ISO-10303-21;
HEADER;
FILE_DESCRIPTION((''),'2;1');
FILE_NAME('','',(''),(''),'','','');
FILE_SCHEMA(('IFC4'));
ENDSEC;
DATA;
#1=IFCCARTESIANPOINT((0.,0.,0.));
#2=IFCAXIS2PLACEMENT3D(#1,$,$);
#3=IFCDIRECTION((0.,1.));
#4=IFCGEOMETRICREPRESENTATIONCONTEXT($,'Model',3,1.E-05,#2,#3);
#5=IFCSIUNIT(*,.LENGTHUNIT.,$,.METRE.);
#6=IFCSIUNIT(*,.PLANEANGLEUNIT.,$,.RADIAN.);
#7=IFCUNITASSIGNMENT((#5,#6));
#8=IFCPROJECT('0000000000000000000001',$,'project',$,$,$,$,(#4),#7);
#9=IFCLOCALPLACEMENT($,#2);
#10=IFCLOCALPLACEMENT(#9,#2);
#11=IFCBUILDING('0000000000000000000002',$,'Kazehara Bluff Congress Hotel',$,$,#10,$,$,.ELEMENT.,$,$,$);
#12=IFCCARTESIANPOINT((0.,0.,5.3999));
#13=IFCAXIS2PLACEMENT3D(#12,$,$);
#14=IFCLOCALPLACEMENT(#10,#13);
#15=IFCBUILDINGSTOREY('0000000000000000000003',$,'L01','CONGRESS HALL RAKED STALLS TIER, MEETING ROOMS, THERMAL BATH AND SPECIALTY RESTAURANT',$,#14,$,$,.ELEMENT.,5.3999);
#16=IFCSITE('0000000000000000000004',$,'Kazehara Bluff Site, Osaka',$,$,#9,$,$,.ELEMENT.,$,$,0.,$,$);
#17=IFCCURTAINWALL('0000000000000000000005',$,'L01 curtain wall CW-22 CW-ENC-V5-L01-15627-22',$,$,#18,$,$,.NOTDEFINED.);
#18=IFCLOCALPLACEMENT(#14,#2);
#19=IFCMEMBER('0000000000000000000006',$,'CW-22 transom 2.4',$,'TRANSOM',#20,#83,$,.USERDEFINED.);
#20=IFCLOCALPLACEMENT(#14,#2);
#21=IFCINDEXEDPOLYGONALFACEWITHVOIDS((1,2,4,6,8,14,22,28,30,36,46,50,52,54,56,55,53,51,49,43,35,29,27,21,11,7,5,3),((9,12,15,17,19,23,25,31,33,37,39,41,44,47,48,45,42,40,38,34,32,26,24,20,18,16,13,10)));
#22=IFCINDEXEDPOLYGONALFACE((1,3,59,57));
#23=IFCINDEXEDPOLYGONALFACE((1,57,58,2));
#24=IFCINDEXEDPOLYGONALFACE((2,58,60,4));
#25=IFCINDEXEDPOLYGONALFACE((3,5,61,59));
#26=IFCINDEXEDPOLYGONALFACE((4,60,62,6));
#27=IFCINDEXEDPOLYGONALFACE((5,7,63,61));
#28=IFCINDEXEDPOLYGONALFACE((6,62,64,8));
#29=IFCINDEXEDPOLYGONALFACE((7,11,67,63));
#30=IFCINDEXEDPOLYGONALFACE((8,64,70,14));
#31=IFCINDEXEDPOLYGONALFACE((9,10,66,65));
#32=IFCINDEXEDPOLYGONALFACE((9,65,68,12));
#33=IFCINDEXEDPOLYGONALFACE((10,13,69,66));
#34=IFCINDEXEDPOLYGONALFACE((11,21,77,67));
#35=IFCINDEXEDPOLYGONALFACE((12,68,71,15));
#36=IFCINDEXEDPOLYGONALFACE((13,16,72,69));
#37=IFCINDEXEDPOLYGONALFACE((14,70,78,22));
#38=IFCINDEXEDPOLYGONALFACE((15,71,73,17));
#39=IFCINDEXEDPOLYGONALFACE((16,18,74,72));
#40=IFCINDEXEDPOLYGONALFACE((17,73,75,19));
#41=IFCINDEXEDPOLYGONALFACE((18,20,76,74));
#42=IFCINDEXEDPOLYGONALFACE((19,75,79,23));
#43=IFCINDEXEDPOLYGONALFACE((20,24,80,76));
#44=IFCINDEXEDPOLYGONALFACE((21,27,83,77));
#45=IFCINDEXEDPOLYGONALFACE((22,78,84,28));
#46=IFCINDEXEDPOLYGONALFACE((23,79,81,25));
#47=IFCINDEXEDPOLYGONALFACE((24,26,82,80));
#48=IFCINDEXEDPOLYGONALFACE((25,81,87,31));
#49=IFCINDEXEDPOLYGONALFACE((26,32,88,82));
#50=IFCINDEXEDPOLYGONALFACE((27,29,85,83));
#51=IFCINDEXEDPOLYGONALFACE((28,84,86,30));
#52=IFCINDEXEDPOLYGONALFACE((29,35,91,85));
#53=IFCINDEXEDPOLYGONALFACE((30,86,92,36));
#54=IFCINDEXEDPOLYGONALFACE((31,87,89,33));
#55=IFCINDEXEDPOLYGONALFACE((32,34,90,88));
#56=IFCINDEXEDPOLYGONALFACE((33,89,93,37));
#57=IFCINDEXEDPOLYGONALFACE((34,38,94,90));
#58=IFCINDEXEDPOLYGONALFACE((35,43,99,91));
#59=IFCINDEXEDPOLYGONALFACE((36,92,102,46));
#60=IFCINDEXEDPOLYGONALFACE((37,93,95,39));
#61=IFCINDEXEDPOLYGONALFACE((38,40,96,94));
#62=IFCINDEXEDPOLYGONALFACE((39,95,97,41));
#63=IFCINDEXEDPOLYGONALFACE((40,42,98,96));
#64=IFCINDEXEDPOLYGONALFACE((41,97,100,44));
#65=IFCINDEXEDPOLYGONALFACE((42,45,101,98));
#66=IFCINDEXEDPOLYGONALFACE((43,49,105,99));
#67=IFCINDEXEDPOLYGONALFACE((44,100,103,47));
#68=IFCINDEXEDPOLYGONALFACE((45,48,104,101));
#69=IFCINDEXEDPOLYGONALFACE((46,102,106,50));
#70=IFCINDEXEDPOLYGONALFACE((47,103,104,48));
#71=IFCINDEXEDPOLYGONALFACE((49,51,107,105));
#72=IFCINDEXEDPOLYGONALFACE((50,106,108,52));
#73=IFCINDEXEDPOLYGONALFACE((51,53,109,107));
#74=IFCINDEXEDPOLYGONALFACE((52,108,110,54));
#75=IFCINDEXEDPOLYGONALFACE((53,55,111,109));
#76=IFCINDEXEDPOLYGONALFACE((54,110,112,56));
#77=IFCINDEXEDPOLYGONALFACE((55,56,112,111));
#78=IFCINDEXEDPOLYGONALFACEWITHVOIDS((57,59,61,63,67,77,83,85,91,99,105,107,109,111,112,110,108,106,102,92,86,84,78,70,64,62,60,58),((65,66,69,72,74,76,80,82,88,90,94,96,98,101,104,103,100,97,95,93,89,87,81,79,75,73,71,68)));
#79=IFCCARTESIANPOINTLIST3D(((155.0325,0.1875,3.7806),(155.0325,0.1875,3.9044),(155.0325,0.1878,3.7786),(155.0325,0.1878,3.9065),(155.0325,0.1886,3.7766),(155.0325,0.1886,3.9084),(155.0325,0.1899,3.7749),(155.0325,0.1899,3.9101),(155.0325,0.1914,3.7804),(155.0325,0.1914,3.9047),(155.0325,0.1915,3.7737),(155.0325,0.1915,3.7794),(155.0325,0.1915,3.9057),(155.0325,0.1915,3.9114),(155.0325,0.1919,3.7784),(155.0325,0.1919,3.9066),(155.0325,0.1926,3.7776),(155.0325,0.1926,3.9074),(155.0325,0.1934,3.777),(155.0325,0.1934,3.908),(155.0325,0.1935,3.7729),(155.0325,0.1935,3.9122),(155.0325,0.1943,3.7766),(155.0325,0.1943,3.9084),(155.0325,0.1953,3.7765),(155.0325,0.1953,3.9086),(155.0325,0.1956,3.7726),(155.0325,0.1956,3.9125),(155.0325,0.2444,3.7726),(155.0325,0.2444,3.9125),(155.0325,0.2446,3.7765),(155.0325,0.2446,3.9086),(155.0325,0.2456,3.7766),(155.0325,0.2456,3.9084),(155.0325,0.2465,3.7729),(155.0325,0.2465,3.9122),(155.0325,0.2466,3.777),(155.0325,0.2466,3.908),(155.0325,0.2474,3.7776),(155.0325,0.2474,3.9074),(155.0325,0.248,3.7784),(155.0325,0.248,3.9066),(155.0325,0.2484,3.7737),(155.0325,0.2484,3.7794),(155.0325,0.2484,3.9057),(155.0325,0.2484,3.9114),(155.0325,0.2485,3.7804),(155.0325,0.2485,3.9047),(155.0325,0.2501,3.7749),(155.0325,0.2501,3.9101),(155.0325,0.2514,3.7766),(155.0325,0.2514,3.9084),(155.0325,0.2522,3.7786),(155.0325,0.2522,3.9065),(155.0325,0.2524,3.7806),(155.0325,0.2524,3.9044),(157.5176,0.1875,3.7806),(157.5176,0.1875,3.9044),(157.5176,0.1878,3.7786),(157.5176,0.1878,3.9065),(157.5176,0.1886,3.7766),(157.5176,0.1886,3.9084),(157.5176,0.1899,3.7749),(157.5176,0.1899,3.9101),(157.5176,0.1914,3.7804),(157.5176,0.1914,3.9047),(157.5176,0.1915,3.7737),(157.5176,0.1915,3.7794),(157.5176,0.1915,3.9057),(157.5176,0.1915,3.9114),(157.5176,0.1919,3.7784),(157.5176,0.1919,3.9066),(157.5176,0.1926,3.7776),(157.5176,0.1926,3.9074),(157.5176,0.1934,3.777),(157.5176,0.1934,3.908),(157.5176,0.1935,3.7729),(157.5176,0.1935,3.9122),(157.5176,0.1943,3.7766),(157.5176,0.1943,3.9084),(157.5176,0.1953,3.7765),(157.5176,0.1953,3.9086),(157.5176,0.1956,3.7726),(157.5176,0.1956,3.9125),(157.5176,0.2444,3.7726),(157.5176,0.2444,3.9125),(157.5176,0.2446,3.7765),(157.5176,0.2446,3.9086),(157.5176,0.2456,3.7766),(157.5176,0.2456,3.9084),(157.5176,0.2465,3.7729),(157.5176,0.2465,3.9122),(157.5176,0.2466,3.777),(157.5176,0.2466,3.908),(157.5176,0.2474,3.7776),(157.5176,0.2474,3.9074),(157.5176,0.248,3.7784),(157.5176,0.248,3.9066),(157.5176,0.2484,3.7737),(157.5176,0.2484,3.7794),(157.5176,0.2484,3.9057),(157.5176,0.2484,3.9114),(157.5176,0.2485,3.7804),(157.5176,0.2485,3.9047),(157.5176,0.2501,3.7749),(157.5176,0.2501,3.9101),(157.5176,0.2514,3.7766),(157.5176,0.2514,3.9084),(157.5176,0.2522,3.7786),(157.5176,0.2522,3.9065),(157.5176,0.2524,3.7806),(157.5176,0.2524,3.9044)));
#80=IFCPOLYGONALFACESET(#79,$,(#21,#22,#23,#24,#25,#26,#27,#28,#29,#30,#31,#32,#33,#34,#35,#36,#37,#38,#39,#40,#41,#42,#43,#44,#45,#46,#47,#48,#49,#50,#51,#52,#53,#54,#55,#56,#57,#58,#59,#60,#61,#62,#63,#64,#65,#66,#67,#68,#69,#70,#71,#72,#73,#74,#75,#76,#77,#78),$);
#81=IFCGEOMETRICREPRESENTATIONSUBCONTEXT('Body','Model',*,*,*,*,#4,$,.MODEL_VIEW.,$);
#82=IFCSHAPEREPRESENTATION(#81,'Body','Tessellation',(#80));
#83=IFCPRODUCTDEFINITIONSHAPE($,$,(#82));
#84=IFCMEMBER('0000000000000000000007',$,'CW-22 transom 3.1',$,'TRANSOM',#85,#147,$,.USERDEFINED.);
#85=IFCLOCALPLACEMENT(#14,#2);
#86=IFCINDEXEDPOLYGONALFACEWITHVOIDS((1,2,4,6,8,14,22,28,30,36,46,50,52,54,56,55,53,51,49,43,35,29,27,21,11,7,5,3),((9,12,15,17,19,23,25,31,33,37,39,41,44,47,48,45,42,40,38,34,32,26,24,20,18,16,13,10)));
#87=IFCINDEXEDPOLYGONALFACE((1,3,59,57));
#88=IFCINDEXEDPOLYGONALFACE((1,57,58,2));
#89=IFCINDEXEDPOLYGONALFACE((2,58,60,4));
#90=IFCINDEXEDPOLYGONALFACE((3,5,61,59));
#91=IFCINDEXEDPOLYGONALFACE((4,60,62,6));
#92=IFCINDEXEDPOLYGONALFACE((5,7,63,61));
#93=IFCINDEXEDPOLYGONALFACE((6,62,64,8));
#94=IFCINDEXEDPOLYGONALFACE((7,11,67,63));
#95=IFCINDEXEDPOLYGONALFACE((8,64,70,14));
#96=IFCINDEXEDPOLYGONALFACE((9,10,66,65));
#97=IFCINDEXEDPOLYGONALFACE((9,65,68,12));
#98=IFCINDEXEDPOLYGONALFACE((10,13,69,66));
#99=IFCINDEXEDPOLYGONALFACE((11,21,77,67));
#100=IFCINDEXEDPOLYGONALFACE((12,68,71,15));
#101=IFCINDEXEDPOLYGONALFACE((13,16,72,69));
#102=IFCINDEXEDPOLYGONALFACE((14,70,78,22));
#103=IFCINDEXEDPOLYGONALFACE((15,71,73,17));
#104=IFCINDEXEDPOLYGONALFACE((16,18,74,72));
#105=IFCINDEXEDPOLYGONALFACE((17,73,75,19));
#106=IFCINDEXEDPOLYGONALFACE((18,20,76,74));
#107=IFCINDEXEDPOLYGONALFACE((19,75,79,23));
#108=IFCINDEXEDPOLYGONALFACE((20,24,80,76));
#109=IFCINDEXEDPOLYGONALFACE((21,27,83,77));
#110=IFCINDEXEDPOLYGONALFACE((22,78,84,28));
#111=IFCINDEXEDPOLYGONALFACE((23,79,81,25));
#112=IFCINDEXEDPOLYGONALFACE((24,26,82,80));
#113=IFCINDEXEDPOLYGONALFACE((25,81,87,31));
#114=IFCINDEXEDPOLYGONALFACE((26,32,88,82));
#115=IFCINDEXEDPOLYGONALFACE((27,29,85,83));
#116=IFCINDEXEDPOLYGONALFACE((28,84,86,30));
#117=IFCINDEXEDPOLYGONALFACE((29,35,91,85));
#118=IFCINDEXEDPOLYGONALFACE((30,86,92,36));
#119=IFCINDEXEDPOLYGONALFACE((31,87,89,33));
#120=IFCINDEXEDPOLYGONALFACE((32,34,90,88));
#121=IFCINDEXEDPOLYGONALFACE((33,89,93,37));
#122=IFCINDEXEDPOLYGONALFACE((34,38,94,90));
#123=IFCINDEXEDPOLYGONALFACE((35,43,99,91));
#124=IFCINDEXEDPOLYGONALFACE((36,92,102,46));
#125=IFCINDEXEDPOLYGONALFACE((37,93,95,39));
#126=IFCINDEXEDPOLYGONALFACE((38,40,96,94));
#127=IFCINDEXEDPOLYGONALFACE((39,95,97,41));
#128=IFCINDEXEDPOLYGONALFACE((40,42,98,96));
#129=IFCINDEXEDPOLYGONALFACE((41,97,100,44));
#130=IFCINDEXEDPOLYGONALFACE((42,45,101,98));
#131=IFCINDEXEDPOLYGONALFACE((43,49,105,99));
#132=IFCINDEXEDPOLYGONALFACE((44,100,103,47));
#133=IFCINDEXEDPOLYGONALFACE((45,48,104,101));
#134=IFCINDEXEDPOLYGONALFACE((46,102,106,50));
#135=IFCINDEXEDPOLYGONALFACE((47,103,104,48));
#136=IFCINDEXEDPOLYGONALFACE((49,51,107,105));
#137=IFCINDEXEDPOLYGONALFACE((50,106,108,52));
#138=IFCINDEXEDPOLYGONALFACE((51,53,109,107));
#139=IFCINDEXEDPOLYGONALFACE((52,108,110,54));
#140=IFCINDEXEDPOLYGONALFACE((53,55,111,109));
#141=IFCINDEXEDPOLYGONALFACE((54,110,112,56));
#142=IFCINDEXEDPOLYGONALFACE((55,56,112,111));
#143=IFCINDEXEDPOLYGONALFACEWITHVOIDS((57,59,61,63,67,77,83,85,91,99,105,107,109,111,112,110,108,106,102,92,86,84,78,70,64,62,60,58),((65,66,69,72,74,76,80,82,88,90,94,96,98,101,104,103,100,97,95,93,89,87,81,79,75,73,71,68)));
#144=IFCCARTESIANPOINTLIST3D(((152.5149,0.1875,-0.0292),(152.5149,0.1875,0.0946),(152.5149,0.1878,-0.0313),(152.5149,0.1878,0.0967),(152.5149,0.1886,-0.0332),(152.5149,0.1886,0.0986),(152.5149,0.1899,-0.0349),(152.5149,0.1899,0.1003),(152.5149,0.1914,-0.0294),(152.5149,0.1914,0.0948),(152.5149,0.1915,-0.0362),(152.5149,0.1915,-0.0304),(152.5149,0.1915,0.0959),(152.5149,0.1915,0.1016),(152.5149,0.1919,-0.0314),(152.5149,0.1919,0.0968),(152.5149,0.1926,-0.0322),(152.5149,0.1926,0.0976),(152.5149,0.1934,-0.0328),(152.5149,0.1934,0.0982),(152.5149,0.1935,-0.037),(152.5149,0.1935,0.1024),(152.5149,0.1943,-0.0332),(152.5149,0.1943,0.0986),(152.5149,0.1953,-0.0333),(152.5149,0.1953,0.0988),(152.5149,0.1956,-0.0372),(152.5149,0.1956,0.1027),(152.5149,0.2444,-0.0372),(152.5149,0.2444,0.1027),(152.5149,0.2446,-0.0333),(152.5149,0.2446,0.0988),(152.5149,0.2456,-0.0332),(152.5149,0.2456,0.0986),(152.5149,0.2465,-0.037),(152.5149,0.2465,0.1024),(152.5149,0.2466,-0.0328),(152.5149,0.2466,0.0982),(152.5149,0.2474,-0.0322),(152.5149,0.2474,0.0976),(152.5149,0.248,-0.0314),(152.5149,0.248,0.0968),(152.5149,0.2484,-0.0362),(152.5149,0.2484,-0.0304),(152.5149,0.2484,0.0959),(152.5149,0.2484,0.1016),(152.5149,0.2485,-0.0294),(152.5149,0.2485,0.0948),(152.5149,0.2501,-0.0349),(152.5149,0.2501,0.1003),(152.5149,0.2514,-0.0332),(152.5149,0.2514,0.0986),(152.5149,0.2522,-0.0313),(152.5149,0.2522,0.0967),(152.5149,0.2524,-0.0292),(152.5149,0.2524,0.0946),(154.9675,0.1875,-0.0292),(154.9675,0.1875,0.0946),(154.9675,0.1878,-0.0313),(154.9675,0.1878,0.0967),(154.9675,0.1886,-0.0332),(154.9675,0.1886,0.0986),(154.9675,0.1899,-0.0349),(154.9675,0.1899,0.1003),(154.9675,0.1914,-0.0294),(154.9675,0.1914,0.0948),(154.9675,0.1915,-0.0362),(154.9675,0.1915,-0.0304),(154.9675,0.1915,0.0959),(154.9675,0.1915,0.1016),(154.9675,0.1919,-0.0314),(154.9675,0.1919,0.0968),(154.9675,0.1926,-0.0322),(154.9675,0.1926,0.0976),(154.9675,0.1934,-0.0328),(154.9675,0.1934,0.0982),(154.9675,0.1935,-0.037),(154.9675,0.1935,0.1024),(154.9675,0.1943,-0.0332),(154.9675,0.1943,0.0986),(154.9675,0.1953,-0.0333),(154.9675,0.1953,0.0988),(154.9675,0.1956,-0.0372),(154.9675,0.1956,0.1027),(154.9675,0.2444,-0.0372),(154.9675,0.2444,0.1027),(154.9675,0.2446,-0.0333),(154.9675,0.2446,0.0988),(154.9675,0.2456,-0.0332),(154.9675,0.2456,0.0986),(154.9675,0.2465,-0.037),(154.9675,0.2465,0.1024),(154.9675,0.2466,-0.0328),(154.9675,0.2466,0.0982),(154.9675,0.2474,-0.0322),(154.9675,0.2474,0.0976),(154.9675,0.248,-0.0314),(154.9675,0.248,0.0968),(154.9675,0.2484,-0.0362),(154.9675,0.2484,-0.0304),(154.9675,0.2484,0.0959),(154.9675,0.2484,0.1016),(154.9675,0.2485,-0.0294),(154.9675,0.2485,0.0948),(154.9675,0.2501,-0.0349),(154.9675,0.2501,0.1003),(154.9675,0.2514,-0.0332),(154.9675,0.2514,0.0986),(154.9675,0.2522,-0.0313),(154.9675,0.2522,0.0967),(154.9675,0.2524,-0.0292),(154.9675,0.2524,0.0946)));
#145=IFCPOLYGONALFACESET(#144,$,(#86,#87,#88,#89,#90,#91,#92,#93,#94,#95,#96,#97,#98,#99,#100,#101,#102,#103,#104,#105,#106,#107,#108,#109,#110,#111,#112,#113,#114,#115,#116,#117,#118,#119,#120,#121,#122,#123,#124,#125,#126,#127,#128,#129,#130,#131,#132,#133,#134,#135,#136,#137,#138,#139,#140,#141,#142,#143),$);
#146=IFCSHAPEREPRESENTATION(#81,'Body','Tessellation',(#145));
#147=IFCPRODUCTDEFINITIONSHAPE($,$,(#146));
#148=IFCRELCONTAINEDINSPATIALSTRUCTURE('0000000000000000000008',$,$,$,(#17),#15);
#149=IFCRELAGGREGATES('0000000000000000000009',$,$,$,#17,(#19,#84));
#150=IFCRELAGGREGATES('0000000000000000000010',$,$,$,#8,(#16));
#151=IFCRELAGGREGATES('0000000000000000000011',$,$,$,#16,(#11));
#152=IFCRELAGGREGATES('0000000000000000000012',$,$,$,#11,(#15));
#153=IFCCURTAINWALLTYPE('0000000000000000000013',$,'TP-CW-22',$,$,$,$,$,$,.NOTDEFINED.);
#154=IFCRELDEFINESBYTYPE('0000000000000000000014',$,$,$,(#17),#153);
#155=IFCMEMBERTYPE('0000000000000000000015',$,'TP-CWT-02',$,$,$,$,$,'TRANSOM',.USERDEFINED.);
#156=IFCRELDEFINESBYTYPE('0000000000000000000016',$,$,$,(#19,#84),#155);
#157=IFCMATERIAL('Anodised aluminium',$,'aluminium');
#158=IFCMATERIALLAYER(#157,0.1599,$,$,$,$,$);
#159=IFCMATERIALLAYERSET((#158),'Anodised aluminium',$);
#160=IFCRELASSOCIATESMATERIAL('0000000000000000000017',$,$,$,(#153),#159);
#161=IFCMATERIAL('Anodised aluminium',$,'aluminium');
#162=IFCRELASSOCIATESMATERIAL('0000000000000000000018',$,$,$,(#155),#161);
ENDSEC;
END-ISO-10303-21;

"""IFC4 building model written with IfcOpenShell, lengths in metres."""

from ifc_helpers import new_model, si_unit, direction, frame, origin, origin_2d, place, context, subcontext, project, spatial, hollow_rectangle, extrude, material, layer, layer_set, material_profile, profile_set, type_object, element, aggregate, save


model = new_model("IFC4")

# Units and contexts
model_context = context("Model", 3, precision=1e-05, world=origin(), true_north=direction((0.0, 1.0)))
body_context = subcontext(model_context, "Body", "Model", "MODEL_VIEW")
ifc_project = project(units=[si_unit("LENGTHUNIT", "METRE"), si_unit("PLANEANGLEUNIT", "RADIAN")], contexts=[model_context])

# Site, building, storey
site_placement = place(None, origin())
site = spatial("IfcSite", under=ifc_project, at=site_placement, Name="Kazehara Bluff Site, Osaka", CompositionType="ELEMENT", RefElevation=0.0)
building_placement = place(site_placement, origin())
building = spatial("IfcBuilding", under=site, at=building_placement, Name="Kazehara Bluff Congress Hotel", CompositionType="ELEMENT")
storey_placement = place(building_placement, frame((0.0, 0.0, 5.3999)))
storey = spatial("IfcBuildingStorey", under=building, at=storey_placement, Name="L01", Description="CONGRESS HALL RAKED STALLS TIER, MEETING ROOMS, THERMAL BATH AND SPECIALTY RESTAURANT", CompositionType="ELEMENT", Elevation=5.3999)

# Curtain wall
ifc_material_1 = material(Name="Anodised aluminium", Category="aluminium")
ifc_layer_1 = layer(ifc_material_1, 0.1599)
ifc_layer_set_1 = layer_set([ifc_layer_1], Name="Anodised aluminium")
curtain_wall_type = type_object("IfcCurtainWallType", Name="TP-CW-22", PredefinedType="NOTDEFINED", material=ifc_layer_set_1)
curtain_wall_1_placement = place(storey_placement, origin())
curtain_wall_1 = element("IfcCurtainWall", 1, at=curtain_wall_1_placement, inside=storey, type_object=curtain_wall_type, Name="L01 curtain wall CW-22 CW-ENC-V5-L01-15627-22", PredefinedType="NOTDEFINED")

# Members
ifc_material_2 = material(Name="Anodised aluminium", Category="aluminium")
ifc_material_profile_1 = material_profile(ifc_material_2, hollow_rectangle(XDim=0.0649, YDim=0.1399, WallThickness=0.0039, InnerFilletRadius=0.0039, OuterFilletRadius=0.0081, at=origin_2d()))
ifc_profile_set_1 = profile_set([ifc_material_profile_1], Name="Anodised aluminium")
member_type_1 = type_object("IfcMemberType", Name="TP-CWT-02", ElementType="TRANSOM", PredefinedType="USERDEFINED", material=ifc_profile_set_1)
member_1_placement = place(storey_placement, frame((157.5176, 0.22, 3.8425), z_axis=(-1.0, 0.0, 0.0), x_axis=(0.0, -1.0, 0.0)))
member_1 = element("IfcMember", 2, at=member_1_placement, type_object=member_type_1, Name="CW-22 transom 2.4", ObjectType="TRANSOM", PredefinedType="USERDEFINED", context=body_context, shape_type="SweptSolid", body=[
    extrude(hollow_rectangle(XDim=0.0649, YDim=0.1399, WallThickness=0.0039, InnerFilletRadius=0.0039, OuterFilletRadius=0.0081, at=origin_2d()), origin(), (0.0, 0.0, 1.0), 2.4851),
])
member_2_placement = place(storey_placement, frame((154.9675, 0.22, 0.0327), z_axis=(-1.0, 0.0, 0.0), x_axis=(0.0, -1.0, 0.0)))
member_2 = element("IfcMember", 3, at=member_2_placement, type_object=member_type_1, Name="CW-22 transom 3.1", ObjectType="TRANSOM", PredefinedType="USERDEFINED", context=body_context, shape_type="SweptSolid", body=[
    extrude(hollow_rectangle(XDim=0.0649, YDim=0.1399, WallThickness=0.0039, InnerFilletRadius=0.0039, OuterFilletRadius=0.0081, at=origin_2d()), origin(), (0.0, 0.0, 1.0), 2.4526),
])

aggregate(curtain_wall_1, [member_1, member_2])

save(model, "model.ifc")
